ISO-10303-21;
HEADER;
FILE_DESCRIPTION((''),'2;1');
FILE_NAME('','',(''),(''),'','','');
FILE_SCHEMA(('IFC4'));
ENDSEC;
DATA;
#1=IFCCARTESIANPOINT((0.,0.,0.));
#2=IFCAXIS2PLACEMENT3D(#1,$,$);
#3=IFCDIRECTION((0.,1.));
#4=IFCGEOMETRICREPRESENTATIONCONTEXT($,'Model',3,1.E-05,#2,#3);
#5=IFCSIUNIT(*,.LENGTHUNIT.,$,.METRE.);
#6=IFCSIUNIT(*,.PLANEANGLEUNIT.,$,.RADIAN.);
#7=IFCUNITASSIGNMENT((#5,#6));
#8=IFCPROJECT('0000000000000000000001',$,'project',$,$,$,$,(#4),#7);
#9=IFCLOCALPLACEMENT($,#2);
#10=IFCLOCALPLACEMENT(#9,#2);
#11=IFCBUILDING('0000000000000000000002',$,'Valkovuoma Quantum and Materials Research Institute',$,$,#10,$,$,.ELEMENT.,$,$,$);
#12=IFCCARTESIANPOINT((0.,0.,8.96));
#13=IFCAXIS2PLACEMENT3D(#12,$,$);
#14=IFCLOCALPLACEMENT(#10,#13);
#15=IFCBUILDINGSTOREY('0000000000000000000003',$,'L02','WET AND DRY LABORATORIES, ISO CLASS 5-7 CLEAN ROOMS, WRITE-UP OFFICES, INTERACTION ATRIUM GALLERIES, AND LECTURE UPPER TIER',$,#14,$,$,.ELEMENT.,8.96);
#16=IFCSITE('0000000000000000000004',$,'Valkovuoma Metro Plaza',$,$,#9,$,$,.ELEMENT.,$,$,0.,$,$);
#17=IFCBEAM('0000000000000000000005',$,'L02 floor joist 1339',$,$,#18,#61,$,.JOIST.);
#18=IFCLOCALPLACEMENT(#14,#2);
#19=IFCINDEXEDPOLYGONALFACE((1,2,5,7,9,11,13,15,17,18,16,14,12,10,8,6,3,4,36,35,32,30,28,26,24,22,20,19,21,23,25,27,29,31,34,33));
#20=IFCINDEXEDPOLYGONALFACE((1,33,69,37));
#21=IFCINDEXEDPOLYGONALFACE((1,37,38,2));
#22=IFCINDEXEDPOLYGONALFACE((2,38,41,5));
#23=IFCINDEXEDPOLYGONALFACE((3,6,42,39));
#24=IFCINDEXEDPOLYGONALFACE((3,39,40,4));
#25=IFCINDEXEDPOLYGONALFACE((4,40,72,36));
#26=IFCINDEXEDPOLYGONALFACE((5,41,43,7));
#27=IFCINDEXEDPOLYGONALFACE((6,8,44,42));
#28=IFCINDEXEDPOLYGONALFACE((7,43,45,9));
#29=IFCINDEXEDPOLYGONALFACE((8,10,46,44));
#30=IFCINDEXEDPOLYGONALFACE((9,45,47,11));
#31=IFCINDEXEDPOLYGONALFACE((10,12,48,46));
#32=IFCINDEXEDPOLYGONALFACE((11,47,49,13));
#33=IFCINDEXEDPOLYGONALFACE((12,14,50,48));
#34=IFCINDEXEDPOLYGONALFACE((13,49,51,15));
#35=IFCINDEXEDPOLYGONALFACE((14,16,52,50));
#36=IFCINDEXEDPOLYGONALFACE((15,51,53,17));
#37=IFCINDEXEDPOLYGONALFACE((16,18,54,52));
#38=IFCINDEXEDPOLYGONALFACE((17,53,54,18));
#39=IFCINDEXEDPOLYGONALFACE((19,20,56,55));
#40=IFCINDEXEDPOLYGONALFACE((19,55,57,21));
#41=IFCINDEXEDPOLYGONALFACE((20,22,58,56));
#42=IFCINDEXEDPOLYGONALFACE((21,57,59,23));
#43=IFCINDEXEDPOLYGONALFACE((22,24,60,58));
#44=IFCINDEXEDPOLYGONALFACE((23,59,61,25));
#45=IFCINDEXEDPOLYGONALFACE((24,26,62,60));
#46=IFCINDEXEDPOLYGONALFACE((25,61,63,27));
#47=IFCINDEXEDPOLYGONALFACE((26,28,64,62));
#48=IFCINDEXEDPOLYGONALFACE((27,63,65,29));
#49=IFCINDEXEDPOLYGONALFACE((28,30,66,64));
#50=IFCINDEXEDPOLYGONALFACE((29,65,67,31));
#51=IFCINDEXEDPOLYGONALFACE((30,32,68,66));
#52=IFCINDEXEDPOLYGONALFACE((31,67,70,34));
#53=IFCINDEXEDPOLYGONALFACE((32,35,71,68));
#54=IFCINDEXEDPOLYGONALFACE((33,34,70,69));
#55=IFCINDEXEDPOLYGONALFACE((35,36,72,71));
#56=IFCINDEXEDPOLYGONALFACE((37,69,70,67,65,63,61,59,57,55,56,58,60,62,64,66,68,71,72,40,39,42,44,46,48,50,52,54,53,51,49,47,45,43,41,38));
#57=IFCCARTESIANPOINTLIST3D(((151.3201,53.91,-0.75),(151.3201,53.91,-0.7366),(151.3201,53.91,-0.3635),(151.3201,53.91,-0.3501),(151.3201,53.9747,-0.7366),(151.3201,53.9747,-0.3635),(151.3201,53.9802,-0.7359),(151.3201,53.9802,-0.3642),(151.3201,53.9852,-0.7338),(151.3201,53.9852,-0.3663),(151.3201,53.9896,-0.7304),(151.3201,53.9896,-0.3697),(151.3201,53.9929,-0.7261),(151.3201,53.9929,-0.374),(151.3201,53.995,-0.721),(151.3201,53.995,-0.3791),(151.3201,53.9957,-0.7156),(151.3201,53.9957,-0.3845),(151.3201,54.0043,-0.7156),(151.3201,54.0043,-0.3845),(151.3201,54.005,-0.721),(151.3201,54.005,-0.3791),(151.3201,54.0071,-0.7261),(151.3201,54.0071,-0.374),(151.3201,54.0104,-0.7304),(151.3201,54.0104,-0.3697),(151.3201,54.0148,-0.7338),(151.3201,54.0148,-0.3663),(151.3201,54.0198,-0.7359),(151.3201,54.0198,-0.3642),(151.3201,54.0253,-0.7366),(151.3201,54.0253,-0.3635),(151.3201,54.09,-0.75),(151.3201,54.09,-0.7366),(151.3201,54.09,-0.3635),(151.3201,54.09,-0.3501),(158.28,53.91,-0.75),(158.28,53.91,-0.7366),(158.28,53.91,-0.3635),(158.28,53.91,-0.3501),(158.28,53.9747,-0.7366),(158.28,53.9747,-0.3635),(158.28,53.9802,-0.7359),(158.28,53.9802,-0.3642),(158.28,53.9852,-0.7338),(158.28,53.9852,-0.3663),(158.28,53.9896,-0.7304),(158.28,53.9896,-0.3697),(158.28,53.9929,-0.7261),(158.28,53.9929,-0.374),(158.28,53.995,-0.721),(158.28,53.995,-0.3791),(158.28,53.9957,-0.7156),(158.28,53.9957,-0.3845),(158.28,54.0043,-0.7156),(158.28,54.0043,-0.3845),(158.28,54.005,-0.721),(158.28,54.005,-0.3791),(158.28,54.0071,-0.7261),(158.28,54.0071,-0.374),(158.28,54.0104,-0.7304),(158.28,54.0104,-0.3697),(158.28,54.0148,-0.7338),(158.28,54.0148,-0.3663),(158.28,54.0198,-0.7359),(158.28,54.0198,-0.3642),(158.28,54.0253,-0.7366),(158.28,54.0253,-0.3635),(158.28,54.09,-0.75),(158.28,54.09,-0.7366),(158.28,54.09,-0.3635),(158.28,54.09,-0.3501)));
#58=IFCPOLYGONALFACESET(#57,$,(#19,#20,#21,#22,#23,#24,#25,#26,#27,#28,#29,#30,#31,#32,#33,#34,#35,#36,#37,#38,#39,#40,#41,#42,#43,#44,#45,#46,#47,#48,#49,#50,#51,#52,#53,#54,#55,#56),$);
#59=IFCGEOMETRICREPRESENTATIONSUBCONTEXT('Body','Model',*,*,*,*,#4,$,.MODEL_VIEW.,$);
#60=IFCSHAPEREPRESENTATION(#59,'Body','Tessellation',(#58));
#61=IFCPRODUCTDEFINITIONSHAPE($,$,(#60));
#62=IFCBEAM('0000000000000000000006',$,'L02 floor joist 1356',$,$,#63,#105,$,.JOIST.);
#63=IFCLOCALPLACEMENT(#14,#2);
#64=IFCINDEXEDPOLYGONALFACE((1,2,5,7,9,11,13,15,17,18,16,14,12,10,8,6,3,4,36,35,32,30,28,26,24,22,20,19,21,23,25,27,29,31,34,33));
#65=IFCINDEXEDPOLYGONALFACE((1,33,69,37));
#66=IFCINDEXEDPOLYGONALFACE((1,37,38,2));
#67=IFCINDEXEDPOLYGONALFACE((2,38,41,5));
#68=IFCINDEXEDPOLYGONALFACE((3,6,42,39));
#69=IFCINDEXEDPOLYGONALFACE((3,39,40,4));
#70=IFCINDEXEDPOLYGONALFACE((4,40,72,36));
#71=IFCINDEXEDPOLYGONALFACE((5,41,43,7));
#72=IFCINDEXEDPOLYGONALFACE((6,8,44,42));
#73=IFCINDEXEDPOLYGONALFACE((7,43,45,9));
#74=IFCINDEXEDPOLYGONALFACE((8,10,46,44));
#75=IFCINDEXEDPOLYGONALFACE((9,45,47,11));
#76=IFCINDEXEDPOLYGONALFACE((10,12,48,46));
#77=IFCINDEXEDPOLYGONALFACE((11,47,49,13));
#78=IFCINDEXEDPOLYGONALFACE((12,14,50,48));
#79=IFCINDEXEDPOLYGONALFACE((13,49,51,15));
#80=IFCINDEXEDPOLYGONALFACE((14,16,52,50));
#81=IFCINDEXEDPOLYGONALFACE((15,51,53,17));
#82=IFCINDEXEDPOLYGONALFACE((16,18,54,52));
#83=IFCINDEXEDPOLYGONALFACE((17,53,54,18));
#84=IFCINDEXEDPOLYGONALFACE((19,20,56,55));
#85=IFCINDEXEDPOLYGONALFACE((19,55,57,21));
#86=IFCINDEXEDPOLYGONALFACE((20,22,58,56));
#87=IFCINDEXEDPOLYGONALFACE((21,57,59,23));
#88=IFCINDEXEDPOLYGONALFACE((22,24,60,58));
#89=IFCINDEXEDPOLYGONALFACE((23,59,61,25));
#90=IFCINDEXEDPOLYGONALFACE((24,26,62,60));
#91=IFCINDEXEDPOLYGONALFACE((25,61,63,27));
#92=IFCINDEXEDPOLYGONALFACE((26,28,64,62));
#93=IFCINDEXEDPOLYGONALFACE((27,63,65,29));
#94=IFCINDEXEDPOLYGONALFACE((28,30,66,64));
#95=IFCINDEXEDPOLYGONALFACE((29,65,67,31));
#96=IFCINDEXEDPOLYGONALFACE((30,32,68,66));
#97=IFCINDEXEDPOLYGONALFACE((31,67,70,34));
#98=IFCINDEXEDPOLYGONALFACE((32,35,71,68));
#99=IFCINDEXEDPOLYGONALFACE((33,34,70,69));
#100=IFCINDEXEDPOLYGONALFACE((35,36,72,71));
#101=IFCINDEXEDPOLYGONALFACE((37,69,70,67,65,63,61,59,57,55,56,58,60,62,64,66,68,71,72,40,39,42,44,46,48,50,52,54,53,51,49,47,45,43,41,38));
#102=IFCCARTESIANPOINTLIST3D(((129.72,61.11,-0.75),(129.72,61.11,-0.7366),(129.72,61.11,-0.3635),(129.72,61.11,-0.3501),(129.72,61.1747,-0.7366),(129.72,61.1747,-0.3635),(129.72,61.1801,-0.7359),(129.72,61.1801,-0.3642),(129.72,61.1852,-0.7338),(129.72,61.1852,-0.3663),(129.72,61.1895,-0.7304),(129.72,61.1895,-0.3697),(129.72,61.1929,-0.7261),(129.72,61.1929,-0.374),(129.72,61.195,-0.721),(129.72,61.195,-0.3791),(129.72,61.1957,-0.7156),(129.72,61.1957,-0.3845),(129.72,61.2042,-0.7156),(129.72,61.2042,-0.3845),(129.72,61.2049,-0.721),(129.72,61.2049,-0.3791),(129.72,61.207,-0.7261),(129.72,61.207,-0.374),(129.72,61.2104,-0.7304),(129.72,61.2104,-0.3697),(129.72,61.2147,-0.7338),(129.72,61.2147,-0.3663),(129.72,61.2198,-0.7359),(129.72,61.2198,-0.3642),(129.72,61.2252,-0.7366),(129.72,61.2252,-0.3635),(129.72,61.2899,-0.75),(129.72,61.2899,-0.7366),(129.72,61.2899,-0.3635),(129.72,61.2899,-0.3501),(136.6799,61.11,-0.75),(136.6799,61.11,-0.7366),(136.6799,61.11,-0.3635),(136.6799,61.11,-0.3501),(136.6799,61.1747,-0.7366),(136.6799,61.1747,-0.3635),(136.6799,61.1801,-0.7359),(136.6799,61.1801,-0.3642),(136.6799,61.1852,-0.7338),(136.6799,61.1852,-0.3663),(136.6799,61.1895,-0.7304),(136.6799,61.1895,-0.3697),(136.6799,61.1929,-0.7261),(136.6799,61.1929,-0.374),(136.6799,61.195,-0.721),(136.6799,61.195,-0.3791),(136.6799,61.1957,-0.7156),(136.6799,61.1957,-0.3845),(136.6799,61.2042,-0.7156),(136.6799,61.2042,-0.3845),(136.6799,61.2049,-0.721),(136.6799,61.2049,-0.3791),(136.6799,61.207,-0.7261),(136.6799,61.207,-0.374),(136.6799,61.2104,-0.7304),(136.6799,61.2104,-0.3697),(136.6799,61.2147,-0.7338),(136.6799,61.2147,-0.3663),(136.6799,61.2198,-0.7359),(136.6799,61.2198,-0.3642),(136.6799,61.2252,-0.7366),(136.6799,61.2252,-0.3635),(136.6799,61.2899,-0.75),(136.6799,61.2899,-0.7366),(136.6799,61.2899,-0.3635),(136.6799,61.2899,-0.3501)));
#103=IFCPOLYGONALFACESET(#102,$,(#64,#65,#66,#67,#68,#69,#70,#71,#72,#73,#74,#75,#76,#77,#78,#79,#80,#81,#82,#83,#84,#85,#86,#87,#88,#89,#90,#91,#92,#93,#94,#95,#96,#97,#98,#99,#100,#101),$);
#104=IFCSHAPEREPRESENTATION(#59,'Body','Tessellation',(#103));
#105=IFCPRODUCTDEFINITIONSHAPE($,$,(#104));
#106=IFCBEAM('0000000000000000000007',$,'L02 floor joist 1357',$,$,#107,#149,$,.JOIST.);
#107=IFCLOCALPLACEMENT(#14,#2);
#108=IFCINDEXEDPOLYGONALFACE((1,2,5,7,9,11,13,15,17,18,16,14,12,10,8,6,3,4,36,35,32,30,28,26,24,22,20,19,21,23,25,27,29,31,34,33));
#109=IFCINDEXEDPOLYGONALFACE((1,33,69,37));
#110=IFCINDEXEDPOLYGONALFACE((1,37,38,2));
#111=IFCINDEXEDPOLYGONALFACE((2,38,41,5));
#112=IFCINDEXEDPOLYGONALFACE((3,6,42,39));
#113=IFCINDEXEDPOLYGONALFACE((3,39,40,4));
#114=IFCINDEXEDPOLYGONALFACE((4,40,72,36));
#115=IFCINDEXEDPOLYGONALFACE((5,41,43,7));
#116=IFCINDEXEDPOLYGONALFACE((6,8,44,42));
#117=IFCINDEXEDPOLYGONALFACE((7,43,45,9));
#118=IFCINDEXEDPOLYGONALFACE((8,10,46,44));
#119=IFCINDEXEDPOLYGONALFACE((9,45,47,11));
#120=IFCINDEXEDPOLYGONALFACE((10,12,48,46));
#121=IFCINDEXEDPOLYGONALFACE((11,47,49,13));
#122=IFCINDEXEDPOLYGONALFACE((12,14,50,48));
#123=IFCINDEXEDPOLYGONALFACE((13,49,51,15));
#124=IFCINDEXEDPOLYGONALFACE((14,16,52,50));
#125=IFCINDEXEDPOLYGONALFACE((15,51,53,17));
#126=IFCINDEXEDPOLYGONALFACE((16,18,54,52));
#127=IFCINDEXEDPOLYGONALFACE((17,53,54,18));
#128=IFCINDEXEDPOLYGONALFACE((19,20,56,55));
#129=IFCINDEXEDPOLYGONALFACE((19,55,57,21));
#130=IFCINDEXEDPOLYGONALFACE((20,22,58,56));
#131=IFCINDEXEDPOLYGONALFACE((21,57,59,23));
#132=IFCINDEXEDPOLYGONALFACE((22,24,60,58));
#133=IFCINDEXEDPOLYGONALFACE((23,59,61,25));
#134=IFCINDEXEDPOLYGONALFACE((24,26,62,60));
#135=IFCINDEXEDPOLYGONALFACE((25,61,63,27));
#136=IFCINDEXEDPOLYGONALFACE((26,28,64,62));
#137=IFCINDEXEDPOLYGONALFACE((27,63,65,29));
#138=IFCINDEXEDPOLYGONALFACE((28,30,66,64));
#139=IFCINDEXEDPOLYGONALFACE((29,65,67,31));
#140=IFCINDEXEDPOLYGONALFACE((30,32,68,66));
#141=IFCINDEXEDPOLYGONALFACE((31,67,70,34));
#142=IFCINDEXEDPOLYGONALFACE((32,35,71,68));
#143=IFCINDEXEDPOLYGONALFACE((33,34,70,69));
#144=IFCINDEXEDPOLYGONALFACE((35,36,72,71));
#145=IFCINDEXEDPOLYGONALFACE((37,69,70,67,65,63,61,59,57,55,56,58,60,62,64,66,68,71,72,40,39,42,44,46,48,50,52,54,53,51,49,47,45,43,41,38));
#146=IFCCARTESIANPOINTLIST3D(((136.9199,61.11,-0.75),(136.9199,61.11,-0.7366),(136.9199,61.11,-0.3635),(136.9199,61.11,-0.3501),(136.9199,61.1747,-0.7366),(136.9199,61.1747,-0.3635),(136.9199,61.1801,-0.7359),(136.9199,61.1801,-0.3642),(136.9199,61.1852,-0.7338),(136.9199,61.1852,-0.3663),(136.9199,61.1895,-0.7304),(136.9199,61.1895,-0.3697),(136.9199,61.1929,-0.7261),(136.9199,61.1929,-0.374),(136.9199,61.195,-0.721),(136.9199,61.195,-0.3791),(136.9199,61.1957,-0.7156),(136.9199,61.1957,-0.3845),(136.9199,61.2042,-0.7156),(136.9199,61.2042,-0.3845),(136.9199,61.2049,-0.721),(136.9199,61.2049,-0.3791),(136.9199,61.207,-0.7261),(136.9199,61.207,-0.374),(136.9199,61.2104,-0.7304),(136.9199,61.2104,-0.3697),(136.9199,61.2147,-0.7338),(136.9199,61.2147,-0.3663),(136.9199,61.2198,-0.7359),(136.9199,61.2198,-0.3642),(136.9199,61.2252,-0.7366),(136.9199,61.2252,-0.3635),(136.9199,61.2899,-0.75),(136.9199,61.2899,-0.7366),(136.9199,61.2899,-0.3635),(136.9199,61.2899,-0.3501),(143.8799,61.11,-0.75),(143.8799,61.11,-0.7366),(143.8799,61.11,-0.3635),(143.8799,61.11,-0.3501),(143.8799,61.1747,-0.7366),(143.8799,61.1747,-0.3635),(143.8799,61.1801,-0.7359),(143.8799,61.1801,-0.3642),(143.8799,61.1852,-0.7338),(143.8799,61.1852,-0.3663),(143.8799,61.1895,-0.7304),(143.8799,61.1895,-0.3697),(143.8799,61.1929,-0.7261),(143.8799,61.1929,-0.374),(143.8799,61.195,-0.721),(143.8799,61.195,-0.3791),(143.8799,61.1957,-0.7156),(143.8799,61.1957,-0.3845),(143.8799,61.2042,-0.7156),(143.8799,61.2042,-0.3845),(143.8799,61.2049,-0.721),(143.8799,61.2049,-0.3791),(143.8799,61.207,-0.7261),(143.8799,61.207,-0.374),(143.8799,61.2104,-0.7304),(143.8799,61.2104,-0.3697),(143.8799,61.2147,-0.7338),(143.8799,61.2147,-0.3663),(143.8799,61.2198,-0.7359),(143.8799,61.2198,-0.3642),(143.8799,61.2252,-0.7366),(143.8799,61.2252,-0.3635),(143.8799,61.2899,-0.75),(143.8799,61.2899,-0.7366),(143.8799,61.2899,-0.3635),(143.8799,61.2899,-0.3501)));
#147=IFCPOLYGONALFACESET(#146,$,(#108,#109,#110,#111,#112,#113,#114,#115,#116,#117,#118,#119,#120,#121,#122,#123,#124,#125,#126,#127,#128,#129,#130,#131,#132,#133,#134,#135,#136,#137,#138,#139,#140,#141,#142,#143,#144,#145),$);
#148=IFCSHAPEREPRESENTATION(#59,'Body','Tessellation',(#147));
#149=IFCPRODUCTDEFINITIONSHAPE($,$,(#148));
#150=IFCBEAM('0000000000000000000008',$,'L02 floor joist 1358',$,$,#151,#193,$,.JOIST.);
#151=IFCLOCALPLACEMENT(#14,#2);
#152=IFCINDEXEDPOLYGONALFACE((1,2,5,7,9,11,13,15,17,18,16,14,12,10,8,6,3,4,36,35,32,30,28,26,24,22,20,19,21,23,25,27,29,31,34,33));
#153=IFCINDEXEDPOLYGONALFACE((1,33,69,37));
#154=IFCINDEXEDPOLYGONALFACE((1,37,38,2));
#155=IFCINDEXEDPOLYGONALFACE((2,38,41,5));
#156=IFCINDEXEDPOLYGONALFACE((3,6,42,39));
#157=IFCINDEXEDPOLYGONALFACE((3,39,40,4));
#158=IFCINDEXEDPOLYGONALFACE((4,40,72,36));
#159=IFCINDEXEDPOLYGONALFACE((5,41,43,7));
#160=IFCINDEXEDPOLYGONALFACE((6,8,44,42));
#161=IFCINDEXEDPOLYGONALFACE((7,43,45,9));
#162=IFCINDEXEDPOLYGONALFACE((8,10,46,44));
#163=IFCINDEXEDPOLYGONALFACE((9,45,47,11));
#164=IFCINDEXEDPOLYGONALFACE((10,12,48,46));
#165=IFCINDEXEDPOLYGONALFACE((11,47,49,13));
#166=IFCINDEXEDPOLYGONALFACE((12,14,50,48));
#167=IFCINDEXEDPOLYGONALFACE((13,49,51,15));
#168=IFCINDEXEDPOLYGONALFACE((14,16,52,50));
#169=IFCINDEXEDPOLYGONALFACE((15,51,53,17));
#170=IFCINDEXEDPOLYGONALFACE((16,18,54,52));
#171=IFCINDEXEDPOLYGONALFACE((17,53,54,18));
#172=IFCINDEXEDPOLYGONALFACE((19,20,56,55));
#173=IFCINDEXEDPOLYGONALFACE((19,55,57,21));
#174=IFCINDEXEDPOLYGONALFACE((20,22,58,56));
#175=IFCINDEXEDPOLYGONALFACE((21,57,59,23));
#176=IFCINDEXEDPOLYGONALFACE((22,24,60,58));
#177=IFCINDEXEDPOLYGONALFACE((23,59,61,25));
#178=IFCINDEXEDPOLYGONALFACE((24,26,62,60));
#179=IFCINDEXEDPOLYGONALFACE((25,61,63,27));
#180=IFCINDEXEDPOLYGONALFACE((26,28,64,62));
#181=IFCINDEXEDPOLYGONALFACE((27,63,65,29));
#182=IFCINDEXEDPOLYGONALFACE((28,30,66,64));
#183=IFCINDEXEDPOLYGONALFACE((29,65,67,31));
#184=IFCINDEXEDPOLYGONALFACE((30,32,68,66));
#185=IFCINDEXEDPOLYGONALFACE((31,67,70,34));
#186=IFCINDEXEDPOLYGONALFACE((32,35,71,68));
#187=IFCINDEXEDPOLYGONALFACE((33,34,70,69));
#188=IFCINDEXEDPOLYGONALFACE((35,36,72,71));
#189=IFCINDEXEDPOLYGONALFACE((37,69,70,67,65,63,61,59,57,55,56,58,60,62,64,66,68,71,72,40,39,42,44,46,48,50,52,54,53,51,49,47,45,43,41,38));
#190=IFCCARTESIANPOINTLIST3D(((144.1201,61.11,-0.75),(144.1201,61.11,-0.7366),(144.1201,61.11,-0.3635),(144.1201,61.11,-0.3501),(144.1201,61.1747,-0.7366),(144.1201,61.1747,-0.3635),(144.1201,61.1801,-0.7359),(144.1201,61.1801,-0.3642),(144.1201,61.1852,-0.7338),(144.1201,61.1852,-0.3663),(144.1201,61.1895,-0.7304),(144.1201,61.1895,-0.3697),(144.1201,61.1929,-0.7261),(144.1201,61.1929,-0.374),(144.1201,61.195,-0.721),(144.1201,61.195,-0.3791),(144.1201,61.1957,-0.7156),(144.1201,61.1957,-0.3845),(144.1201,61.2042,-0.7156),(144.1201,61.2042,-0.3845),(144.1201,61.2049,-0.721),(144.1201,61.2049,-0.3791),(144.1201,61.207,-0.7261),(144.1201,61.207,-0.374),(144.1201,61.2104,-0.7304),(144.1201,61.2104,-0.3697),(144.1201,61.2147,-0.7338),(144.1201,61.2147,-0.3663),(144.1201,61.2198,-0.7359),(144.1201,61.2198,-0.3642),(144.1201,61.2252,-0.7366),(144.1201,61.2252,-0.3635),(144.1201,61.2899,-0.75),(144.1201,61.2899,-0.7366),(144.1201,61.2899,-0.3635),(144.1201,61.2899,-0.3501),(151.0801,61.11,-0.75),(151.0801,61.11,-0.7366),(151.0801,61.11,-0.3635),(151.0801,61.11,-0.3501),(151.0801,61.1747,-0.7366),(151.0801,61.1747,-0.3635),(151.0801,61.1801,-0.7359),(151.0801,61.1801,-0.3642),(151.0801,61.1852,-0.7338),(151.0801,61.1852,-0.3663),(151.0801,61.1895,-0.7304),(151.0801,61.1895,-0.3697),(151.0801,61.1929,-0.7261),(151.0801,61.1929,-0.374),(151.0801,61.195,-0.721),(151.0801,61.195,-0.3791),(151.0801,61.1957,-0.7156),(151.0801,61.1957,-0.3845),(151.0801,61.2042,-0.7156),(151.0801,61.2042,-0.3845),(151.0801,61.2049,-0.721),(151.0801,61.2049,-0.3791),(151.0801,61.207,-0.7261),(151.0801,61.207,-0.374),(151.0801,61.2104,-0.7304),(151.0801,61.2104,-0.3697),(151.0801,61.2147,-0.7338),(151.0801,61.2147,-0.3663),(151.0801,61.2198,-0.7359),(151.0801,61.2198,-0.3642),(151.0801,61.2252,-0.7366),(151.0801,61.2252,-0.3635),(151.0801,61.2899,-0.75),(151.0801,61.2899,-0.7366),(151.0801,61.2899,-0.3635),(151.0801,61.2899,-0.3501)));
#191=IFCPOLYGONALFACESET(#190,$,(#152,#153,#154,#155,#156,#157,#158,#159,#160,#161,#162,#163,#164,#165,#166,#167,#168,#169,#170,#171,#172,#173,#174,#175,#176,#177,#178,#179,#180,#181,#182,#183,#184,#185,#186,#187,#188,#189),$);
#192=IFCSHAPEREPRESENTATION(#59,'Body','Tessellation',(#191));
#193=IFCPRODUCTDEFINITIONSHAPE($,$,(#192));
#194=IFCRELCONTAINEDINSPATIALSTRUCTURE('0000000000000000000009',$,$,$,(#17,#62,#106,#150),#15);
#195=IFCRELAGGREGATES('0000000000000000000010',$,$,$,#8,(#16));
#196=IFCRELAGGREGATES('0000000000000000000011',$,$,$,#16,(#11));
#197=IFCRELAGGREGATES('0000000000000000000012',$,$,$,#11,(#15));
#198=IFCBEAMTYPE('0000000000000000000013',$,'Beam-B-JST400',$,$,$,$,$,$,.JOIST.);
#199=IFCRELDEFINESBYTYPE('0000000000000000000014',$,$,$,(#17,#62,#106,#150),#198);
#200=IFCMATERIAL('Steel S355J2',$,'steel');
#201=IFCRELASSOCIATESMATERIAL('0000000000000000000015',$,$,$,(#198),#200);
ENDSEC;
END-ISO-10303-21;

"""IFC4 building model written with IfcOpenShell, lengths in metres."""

from ifc_helpers import new_model, si_unit, direction, frame, origin, origin_2d, place, context, subcontext, project, spatial, i_section, extrude, material, material_profile, profile_set, type_object, element, save


model = new_model("IFC4")

# Units and contexts
model_context = context("Model", 3, precision=1e-05, world=origin(), true_north=direction((0.0, 1.0)))
body_context = subcontext(model_context, "Body", "Model", "MODEL_VIEW")
ifc_project = project(units=[si_unit("LENGTHUNIT", "METRE"), si_unit("PLANEANGLEUNIT", "RADIAN")], contexts=[model_context])

# Site, building, storey
site_placement = place(None, origin())
site = spatial("IfcSite", under=ifc_project, at=site_placement, Name="Valkovuoma Metro Plaza", CompositionType="ELEMENT", RefElevation=0.0)
building_placement = place(site_placement, origin())
building = spatial("IfcBuilding", under=site, at=building_placement, Name="Valkovuoma Quantum and Materials Research Institute", CompositionType="ELEMENT")
storey_placement = place(building_placement, frame((0.0, 0.0, 8.96)))
storey = spatial("IfcBuildingStorey", under=building, at=storey_placement, Name="L02", Description="WET AND DRY LABORATORIES, ISO CLASS 5-7 CLEAN ROOMS, WRITE-UP OFFICES, INTERACTION ATRIUM GALLERIES, AND LECTURE UPPER TIER", CompositionType="ELEMENT", Elevation=8.96)

# Beams
ifc_material_1 = material(Name="Steel S355J2", Category="steel")
ifc_material_profile_1 = material_profile(ifc_material_1, i_section(OverallWidth=0.1799, OverallDepth=0.3999, WebThickness=0.0085, FlangeThickness=0.0134, FilletRadius=0.021, at=origin_2d()), Name="Steel S355J2")
ifc_profile_set_1 = profile_set([ifc_material_profile_1], Name="Steel S355J2")
beam_type_1 = type_object("IfcBeamType", Name="Beam-B-JST400", PredefinedType="JOIST", material=ifc_profile_set_1)
for number, where, z_axis, x_axis, name in (
    (1, (151.3201, 54.0, -0.55), (1.0, 0.0, 0.0), (0.0, 1.0, 0.0), "L02 floor joist 1339"),
    (2, (129.72, 61.2, -0.55), (1.0, 0.0, 0.0), (0.0, 1.0, 0.0), "L02 floor joist 1356"),
    (3, (136.9199, 61.2, -0.55), (1.0, 0.0, 0.0), (0.0, 1.0, 0.0), "L02 floor joist 1357"),
    (4, (144.1201, 61.2, -0.55), (1.0, 0.0, 0.0), (0.0, 1.0, 0.0), "L02 floor joist 1358"),
):
    element("IfcBeam", number, at=place(storey_placement, frame(where, z_axis=z_axis, x_axis=x_axis)), inside=storey, type_object=beam_type_1, Name=name, PredefinedType="JOIST", context=body_context, shape_type="SweptSolid", body=[
        extrude(i_section(OverallWidth=0.1799, OverallDepth=0.3999, WebThickness=0.0085, FlangeThickness=0.0134, FilletRadius=0.021, at=origin_2d()), origin(), (0.0, 0.0, 1.0), 6.96),
    ])

save(model, "model.ifc")
